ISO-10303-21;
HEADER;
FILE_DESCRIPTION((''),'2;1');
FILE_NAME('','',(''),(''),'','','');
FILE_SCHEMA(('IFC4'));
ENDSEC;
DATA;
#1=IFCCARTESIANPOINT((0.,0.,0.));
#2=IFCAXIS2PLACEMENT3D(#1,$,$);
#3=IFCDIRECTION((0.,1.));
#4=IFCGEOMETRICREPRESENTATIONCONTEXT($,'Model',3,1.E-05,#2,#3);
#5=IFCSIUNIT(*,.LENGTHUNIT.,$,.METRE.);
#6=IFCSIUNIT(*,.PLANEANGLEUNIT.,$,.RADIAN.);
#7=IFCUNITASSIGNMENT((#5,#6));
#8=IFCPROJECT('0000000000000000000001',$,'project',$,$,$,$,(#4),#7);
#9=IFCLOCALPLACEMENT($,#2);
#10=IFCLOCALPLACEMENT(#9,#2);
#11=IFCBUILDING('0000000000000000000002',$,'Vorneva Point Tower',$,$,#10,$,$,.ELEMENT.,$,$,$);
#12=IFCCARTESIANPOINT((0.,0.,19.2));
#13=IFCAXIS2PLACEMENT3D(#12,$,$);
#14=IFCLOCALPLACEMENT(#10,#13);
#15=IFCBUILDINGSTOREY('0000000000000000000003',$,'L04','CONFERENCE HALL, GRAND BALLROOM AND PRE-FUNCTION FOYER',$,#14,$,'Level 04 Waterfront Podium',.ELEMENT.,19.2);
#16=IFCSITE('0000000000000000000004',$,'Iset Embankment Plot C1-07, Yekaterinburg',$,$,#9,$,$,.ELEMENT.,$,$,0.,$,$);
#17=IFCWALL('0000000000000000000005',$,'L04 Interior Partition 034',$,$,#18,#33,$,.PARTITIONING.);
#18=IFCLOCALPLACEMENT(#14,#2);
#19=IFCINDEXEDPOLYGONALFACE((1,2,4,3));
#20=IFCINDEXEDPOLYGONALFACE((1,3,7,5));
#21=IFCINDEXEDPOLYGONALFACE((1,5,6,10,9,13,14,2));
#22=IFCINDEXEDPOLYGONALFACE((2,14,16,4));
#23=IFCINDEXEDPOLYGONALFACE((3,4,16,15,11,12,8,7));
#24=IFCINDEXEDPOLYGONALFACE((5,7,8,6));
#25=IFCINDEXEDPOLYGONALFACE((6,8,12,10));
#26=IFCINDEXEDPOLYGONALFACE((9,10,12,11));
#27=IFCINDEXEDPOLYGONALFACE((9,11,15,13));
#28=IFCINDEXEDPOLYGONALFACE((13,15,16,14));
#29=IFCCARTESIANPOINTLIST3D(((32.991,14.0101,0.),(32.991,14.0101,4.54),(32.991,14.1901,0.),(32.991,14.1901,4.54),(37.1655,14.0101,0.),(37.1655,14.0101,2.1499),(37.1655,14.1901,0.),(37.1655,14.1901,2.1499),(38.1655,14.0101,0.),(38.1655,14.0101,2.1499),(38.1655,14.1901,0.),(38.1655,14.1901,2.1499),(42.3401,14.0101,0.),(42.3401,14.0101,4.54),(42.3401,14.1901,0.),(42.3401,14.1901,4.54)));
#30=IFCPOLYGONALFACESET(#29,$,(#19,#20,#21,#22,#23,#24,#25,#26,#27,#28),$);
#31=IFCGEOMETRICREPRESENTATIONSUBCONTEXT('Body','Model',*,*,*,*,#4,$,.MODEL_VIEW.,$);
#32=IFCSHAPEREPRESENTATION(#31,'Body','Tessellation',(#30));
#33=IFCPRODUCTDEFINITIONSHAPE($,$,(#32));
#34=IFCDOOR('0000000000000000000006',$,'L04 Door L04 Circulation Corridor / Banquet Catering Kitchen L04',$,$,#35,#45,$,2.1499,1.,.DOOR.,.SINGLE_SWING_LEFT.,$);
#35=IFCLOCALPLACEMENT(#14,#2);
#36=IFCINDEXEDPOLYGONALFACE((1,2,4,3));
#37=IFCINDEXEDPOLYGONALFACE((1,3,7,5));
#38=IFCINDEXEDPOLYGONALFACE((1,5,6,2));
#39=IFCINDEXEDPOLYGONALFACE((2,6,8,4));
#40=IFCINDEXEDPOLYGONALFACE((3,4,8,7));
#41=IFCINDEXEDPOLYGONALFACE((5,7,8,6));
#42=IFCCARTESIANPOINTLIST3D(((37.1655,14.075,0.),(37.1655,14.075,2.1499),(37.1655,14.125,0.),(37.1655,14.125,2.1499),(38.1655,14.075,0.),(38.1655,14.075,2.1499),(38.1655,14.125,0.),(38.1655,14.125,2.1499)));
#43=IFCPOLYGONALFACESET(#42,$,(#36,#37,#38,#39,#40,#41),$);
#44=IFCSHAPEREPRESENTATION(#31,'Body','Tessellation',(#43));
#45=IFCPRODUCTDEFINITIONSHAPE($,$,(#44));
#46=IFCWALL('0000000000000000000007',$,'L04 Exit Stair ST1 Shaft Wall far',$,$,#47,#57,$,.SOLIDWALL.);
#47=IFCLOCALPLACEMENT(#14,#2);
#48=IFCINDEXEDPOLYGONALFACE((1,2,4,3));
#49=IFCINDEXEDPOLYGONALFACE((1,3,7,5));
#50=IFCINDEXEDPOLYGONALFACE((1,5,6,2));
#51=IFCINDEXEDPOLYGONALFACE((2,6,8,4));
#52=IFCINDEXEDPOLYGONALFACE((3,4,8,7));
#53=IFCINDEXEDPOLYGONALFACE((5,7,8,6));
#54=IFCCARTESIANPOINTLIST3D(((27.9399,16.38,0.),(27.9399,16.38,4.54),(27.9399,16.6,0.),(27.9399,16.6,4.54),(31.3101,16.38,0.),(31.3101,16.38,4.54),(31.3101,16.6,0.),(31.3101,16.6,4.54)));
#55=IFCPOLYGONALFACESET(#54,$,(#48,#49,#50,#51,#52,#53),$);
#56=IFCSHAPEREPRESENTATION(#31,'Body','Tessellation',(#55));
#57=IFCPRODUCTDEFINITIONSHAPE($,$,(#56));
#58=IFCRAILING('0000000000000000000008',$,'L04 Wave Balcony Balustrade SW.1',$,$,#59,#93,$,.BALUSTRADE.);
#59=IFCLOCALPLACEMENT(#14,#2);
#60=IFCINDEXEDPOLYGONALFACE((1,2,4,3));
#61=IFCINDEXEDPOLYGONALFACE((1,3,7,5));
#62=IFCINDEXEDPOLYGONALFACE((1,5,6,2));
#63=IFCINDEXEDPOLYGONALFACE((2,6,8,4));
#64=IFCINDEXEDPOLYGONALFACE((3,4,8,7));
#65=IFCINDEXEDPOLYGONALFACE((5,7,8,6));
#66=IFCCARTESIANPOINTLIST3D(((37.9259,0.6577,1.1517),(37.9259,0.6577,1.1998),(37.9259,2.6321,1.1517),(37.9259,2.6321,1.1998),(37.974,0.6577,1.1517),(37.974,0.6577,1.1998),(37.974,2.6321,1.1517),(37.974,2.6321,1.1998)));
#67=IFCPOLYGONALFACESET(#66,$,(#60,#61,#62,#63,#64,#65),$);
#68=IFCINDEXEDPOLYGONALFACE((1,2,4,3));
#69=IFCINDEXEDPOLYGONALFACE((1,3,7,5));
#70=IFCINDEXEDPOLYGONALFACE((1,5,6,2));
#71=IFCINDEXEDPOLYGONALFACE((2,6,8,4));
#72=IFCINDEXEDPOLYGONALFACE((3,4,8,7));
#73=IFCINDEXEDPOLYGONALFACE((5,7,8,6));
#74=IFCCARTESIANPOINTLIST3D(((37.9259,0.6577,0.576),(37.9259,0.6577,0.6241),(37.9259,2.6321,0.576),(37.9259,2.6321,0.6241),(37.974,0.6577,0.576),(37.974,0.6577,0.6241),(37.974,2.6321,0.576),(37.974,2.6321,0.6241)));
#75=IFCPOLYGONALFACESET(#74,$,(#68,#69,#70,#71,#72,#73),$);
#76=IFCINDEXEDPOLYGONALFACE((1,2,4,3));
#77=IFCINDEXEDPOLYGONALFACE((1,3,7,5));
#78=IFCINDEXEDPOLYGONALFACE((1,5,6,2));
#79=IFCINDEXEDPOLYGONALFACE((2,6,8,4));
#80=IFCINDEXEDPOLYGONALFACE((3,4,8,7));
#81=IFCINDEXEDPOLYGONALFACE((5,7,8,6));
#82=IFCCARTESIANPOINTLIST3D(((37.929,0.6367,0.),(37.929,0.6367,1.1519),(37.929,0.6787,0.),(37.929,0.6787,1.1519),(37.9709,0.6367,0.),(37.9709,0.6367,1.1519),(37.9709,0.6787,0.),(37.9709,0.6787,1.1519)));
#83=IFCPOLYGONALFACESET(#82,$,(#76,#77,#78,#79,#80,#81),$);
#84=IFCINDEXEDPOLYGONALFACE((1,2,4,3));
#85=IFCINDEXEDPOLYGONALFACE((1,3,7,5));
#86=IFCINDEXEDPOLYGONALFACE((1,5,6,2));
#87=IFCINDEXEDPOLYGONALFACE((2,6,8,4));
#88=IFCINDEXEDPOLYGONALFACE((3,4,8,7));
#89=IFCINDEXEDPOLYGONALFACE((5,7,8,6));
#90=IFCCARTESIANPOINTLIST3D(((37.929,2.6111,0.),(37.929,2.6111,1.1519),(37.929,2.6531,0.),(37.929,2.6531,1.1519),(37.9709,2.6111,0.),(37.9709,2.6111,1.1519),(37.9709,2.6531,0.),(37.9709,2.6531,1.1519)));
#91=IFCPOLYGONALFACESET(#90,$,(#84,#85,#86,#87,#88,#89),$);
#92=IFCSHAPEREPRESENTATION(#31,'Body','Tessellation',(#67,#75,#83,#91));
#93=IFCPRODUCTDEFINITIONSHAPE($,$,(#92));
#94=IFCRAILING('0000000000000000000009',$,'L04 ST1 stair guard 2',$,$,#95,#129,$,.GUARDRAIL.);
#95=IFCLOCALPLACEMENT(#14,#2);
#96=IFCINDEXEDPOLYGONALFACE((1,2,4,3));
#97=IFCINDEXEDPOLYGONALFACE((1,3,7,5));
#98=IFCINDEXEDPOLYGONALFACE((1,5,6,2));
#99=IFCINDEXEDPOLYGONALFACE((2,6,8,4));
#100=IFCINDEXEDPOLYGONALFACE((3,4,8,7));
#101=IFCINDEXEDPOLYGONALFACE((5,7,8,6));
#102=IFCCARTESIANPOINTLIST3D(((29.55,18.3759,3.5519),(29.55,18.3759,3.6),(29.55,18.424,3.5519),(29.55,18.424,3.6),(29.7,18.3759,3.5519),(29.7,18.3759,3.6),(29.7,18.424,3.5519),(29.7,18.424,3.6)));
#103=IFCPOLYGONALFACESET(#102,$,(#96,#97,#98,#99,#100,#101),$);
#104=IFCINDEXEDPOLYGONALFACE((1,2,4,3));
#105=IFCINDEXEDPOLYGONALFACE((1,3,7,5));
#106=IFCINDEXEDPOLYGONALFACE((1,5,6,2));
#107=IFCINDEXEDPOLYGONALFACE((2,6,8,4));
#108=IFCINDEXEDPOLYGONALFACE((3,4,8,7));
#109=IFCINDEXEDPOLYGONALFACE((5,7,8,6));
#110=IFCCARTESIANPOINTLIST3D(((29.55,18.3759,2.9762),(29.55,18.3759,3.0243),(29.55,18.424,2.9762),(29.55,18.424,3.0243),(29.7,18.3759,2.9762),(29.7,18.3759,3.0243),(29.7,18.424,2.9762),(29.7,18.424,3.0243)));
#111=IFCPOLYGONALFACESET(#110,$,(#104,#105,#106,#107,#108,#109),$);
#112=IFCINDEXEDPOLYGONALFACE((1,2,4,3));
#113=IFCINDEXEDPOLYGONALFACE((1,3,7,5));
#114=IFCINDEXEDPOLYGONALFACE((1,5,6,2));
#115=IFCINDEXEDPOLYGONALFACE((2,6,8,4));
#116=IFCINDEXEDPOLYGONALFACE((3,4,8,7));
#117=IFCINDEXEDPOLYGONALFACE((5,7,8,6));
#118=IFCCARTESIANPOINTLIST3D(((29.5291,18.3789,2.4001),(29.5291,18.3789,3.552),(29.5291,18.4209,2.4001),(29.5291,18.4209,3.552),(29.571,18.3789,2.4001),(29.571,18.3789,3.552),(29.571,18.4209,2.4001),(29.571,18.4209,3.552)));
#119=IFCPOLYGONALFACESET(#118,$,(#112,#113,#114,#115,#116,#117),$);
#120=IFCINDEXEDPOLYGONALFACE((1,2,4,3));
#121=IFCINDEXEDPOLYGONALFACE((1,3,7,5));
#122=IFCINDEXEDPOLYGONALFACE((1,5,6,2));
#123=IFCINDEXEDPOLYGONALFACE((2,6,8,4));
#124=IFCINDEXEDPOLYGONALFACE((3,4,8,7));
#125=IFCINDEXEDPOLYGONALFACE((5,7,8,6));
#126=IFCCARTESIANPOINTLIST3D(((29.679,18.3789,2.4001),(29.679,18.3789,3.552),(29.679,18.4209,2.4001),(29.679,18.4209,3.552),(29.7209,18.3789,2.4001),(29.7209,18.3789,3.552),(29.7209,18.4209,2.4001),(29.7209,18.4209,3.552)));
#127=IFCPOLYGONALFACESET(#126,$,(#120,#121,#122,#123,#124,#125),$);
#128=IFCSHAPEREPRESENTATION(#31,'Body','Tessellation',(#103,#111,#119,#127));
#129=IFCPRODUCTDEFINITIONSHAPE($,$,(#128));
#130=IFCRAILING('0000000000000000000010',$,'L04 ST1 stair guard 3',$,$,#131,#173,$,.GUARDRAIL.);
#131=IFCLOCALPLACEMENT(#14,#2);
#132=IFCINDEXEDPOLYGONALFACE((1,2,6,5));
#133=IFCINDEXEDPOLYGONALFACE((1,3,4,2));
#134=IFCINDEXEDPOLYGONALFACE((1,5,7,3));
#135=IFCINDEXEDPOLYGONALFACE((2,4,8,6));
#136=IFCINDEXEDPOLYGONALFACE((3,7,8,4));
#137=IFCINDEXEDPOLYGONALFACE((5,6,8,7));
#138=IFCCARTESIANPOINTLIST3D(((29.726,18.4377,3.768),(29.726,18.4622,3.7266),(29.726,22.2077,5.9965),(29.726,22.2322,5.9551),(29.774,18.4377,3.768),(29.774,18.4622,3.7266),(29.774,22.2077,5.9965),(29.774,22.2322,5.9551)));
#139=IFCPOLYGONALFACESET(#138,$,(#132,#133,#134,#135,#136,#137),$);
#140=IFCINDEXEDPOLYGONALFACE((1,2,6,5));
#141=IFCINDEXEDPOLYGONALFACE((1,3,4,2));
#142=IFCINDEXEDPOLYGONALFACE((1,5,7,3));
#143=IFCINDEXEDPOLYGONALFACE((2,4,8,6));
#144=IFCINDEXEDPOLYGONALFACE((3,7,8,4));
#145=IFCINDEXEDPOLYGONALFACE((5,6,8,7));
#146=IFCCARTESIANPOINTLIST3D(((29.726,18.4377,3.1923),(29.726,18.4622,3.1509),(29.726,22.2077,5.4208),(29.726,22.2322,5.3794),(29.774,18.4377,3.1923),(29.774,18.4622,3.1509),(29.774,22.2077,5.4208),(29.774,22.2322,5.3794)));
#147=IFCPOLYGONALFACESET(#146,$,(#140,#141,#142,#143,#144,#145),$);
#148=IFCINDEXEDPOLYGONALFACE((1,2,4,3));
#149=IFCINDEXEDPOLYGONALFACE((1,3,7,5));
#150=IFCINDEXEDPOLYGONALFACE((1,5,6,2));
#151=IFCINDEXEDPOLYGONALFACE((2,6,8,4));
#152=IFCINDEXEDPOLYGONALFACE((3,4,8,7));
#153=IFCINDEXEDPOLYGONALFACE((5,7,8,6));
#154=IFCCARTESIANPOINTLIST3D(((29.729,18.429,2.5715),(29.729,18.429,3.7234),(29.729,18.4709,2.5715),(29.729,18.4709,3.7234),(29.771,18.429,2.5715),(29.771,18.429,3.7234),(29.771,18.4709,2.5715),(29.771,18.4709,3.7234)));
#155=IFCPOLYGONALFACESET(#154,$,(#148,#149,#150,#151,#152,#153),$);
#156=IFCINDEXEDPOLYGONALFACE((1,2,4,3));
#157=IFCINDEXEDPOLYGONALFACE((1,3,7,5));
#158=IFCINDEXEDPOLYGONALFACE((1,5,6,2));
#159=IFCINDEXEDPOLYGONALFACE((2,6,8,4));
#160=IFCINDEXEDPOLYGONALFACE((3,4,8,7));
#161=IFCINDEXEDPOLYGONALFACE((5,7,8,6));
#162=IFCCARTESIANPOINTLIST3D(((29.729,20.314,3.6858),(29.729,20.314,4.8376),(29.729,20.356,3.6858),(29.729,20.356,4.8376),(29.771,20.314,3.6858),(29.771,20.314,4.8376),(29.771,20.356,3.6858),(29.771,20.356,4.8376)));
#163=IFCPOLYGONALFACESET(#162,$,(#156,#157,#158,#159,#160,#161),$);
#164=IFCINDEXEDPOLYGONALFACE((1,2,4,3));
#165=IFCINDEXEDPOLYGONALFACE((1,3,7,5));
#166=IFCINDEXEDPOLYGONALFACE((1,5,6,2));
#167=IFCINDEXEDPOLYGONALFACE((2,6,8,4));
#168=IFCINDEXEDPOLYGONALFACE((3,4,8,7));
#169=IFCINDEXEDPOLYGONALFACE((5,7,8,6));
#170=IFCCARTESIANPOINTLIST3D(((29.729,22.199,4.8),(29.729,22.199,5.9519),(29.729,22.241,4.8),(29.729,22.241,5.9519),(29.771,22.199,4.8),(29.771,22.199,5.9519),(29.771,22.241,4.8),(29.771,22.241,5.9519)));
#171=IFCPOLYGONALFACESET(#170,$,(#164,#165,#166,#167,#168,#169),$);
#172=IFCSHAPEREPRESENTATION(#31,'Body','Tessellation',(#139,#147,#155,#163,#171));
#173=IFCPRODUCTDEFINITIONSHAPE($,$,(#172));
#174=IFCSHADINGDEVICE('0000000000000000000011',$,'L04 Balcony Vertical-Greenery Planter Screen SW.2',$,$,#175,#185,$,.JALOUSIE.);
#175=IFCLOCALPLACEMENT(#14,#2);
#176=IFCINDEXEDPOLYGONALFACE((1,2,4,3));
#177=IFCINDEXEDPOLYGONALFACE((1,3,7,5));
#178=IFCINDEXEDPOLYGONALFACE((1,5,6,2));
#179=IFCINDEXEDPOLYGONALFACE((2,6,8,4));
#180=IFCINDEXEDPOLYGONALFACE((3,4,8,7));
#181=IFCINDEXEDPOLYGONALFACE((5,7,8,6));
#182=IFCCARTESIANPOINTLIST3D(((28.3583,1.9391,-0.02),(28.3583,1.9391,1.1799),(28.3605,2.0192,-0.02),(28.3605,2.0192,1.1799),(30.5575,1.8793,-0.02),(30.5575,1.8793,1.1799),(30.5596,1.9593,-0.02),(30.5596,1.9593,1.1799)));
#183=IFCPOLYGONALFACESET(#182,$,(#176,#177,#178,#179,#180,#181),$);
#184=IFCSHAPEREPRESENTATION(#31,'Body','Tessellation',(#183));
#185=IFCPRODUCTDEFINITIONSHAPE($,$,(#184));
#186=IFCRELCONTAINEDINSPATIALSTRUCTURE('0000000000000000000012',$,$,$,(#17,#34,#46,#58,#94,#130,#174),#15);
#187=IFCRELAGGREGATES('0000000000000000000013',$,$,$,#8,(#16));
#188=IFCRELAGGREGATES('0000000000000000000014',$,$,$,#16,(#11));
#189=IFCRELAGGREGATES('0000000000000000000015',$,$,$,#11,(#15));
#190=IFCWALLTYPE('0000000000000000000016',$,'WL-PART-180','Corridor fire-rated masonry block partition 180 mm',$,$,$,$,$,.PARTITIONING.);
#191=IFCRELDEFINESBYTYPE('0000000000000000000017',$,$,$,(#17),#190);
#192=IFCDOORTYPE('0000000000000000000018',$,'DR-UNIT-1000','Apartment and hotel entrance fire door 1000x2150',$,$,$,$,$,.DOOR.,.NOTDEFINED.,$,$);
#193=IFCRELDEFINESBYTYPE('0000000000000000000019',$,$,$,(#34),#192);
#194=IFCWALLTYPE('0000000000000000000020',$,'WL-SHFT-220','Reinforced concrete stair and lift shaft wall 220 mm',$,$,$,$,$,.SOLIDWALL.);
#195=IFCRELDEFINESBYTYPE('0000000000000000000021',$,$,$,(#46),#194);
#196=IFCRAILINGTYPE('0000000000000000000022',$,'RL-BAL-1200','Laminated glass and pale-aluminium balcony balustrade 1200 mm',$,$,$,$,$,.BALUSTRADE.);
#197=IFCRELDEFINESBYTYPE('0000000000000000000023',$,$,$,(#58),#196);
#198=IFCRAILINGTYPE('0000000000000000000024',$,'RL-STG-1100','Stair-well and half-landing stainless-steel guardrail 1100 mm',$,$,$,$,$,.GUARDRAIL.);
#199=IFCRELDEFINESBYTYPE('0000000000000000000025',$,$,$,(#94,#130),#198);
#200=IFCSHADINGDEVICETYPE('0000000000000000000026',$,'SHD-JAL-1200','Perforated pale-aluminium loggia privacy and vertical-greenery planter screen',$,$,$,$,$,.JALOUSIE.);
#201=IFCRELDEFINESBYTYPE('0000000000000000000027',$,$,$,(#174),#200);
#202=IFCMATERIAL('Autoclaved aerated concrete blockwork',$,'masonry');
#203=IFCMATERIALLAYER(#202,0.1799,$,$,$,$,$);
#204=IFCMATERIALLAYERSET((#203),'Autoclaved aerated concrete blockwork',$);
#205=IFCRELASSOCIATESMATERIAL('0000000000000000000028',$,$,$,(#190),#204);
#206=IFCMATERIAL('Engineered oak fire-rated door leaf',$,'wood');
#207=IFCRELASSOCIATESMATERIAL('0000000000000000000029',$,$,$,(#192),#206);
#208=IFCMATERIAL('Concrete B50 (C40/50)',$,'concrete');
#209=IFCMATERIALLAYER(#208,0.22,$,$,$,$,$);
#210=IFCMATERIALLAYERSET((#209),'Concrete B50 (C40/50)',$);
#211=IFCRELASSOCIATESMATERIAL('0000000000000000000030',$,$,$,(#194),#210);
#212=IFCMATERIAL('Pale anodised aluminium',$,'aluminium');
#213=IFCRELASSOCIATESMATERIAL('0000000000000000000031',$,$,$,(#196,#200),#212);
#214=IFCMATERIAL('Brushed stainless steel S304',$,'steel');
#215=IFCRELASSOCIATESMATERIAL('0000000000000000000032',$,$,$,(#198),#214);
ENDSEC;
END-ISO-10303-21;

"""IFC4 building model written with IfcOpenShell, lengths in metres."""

from ifc_helpers import new_model, si_unit, direction, frame, frame_2d, origin, origin_2d, place, context, subcontext, project, spatial, rectangle, extrude, material, layer, layer_set, type_object, element, fill, save


model = new_model("IFC4")

# Units and contexts
model_context = context("Model", 3, precision=1e-05, world=origin(), true_north=direction((0.0, 1.0)))
body_context = subcontext(model_context, "Body", "Model", "MODEL_VIEW")
ifc_project = project(units=[si_unit("LENGTHUNIT", "METRE"), si_unit("PLANEANGLEUNIT", "RADIAN")], contexts=[model_context])

# Site, building, storey
site_placement = place(None, origin())
site = spatial("IfcSite", under=ifc_project, at=site_placement, Name="Iset Embankment Plot C1-07, Yekaterinburg", CompositionType="ELEMENT", RefElevation=0.0)
building_placement = place(site_placement, origin())
building = spatial("IfcBuilding", under=site, at=building_placement, Name="Vorneva Point Tower", CompositionType="ELEMENT")
storey_placement = place(building_placement, frame((0.0, 0.0, 19.2)))
storey = spatial("IfcBuildingStorey", under=building, at=storey_placement, Name="L04", Description="CONFERENCE HALL, GRAND BALLROOM AND PRE-FUNCTION FOYER", LongName="Level 04 Waterfront Podium", CompositionType="ELEMENT", Elevation=19.2)

# Shared definitions
ifc_material_1 = material(Name="Autoclaved aerated concrete blockwork", Category="masonry")
ifc_layer_1 = layer(ifc_material_1, 0.1799)
ifc_layer_set_1 = layer_set([ifc_layer_1], Name="Autoclaved aerated concrete blockwork")
wall_type_1 = type_object("IfcWallType", Name="WL-PART-180", Description="Corridor fire-rated masonry block partition 180 mm", PredefinedType="PARTITIONING", material=ifc_layer_set_1)

# Wall, opening, door
ifc_material_2 = material(Name="Engineered oak fire-rated door leaf", Category="wood")
wall_1_placement = place(storey_placement, frame((32.991, 14.1001, 0.0), z_axis=(0.0, 0.0, 1.0), x_axis=(1.0, 0.0, 0.0)))
wall_1 = element("IfcWall", 1, at=wall_1_placement, inside=storey, type_object=wall_type_1, Name="L04 Interior Partition 034", PredefinedType="PARTITIONING", context=body_context, shape_type="SweptSolid", body=[
    extrude(rectangle(XDim=9.3491, YDim=0.1799, at=frame_2d((4.6746, 0.0))), origin(), (0.0, 0.0, 1.0), 4.54),
])
opening_1_placement = place(wall_1_placement, frame((4.1746, 0.0, 0.0)))
opening_1 = element("IfcOpeningElement", 2, at=opening_1_placement, cuts=wall_1, PredefinedType="OPENING", context=body_context, shape_type="SweptSolid", body=[
    extrude(rectangle(XDim=1.0, YDim=2.1499, at=frame_2d((0.5, 1.075))), frame((0.0, 0.105, 0.0), z_axis=(0.0, -1.0, 0.0), x_axis=(1.0, 0.0, 0.0)), (0.0, 0.0, 1.0), 0.2097),
])
door_type_1 = type_object("IfcDoorType", Name="DR-UNIT-1000", Description="Apartment and hotel entrance fire door 1000x2150", OperationType="NOTDEFINED", PredefinedType="DOOR", material=ifc_material_2)
door_1_placement = place(opening_1_placement, origin())
door_1 = element("IfcDoor", 3, at=door_1_placement, inside=storey, type_object=door_type_1, Name="L04 Door L04 Circulation Corridor / Banquet Catering Kitchen L04", OperationType="SINGLE_SWING_LEFT", OverallHeight=2.1499, OverallWidth=1.0, PredefinedType="DOOR", context=body_context, shape_type="SweptSolid", body=[
    extrude(rectangle(XDim=1.0, YDim=2.1499, at=frame_2d((0.5, 1.075))), frame((0.0, 0.0249, 0.0), z_axis=(0.0, -1.0, 0.0), x_axis=(1.0, 0.0, 0.0)), (0.0, 0.0, 1.0), 0.05),
])
fill(opening_1, door_1)

# Wall
ifc_material_3 = material(Name="Concrete B50 (C40/50)", Category="concrete")
ifc_layer_2 = layer(ifc_material_3, 0.22)
ifc_layer_set_2 = layer_set([ifc_layer_2], Name="Concrete B50 (C40/50)")
wall_type_2 = type_object("IfcWallType", Name="WL-SHFT-220", Description="Reinforced concrete stair and lift shaft wall 220 mm", PredefinedType="SOLIDWALL", material=ifc_layer_set_2)
wall_2_placement = place(storey_placement, frame((31.3101, 16.49, 0.0), z_axis=(0.0, 0.0, 1.0), x_axis=(-1.0, 0.0, 0.0)))
element("IfcWall", 4, at=wall_2_placement, inside=storey, type_object=wall_type_2, Name="L04 Exit Stair ST1 Shaft Wall far", PredefinedType="SOLIDWALL", context=body_context, shape_type="SweptSolid", body=[
    extrude(rectangle(XDim=3.3701, YDim=0.22, at=frame_2d((1.6851, 0.0))), origin(), (0.0, 0.0, 1.0), 4.54),
])

# Railings
ifc_material_4 = material(Name="Pale anodised aluminium", Category="aluminium")
railing_type_1 = type_object("IfcRailingType", Name="RL-BAL-1200", Description="Laminated glass and pale-aluminium balcony balustrade 1200 mm", PredefinedType="BALUSTRADE", material=ifc_material_4)
railing_1_placement = place(storey_placement, frame((37.95, 0.6577, 0.0)))
element("IfcRailing", 5, at=railing_1_placement, inside=storey, type_object=railing_type_1, Name="L04 Wave Balcony Balustrade SW.1", PredefinedType="BALUSTRADE", context=body_context, shape_type="SweptSolid", body=[
    extrude(rectangle(XDim=0.0481, YDim=0.0481, at=origin_2d()), frame((0.0, 0.0, 1.1758), z_axis=(0.0, 1.0, 0.0), x_axis=(-1.0, 0.0, 0.0)), (0.0, 0.0, 1.0), 1.9744),
    extrude(rectangle(XDim=0.0481, YDim=0.0481, at=origin_2d()), frame((0.0, 0.0, 0.6001), z_axis=(0.0, 1.0, 0.0), x_axis=(-1.0, 0.0, 0.0)), (0.0, 0.0, 1.0), 1.9744),
    extrude(rectangle(XDim=0.042, YDim=0.042, at=origin_2d()), origin(), (0.0, 0.0, 1.0), 1.1519),
    extrude(rectangle(XDim=0.042, YDim=0.042, at=origin_2d()), frame((0.0, 1.9744, 0.0)), (0.0, 0.0, 1.0), 1.1519),
])
ifc_material_5 = material(Name="Brushed stainless steel S304", Category="steel")
railing_type_2 = type_object("IfcRailingType", Name="RL-STG-1100", Description="Stair-well and half-landing stainless-steel guardrail 1100 mm", PredefinedType="GUARDRAIL", material=ifc_material_5)
railing_2_placement = place(storey_placement, frame((29.55, 18.3999, 2.4001)))
element("IfcRailing", 6, at=railing_2_placement, inside=storey, type_object=railing_type_2, Name="L04 ST1 stair guard 2", PredefinedType="GUARDRAIL", context=body_context, shape_type="SweptSolid", body=[
    extrude(rectangle(XDim=0.0481, YDim=0.0481, at=origin_2d()), frame((0.0, 0.0, 1.1758), z_axis=(1.0, 0.0, 0.0), x_axis=(0.0, 1.0, 0.0)), (0.0, 0.0, 1.0), 0.1499),
    extrude(rectangle(XDim=0.0481, YDim=0.0481, at=origin_2d()), frame((0.0, 0.0, 0.6001), z_axis=(1.0, 0.0, 0.0), x_axis=(0.0, 1.0, 0.0)), (0.0, 0.0, 1.0), 0.1499),
    extrude(rectangle(XDim=0.042, YDim=0.042, at=origin_2d()), origin(), (0.0, 0.0, 1.0), 1.1519),
    extrude(rectangle(XDim=0.042, YDim=0.042, at=origin_2d()), frame((0.1499, 0.0, 0.0)), (0.0, 0.0, 1.0), 1.1519),
])
railing_3_placement = place(storey_placement, frame((29.75, 18.45, 2.5715)))
element("IfcRailing", 7, at=railing_3_placement, inside=storey, type_object=railing_type_2, Name="L04 ST1 stair guard 3", PredefinedType="GUARDRAIL", context=body_context, shape_type="SweptSolid", body=[
    extrude(rectangle(XDim=0.0481, YDim=0.0481, at=origin_2d()), frame((0.0, 0.0, 1.1758), z_axis=(0.0, 0.860849, 0.508861), x_axis=(-1.0, 0.0, 0.0)), (0.0, 0.0, 1.0), 4.3794),
    extrude(rectangle(XDim=0.0481, YDim=0.0481, at=origin_2d()), frame((0.0, 0.0, 0.6001), z_axis=(0.0, 0.860849, 0.508861), x_axis=(-1.0, 0.0, 0.0)), (0.0, 0.0, 1.0), 4.3794),
    extrude(rectangle(XDim=0.042, YDim=0.042, at=origin_2d()), origin(), (0.0, 0.0, 1.0), 1.1519),
    extrude(rectangle(XDim=0.042, YDim=0.042, at=origin_2d()), frame((0.0, 1.885, 1.1143)), (0.0, 0.0, 1.0), 1.1519),
    extrude(rectangle(XDim=0.042, YDim=0.042, at=origin_2d()), frame((0.0, 3.77, 2.2285)), (0.0, 0.0, 1.0), 1.1519),
])

# Shading device
shading_device_type = type_object("IfcShadingDeviceType", Name="SHD-JAL-1200", Description="Perforated pale-aluminium loggia privacy and vertical-greenery planter screen", PredefinedType="JALOUSIE", material=ifc_material_4)
shading_device_placement = place(storey_placement, frame((29.459, 1.9492, -0.02), z_axis=(0.0, 0.0, 1.0), x_axis=(0.99963, -0.027206, 0.0)))
element("IfcShadingDevice", 8, at=shading_device_placement, inside=storey, type_object=shading_device_type, Name="L04 Balcony Vertical-Greenery Planter Screen SW.2", PredefinedType="JALOUSIE", context=body_context, shape_type="SweptSolid", body=[
    extrude(rectangle(XDim=2.2, YDim=0.0801, at=origin_2d()), origin(), (0.0, 0.0, 1.0), 1.2),
])

save(model, "model.ifc")
